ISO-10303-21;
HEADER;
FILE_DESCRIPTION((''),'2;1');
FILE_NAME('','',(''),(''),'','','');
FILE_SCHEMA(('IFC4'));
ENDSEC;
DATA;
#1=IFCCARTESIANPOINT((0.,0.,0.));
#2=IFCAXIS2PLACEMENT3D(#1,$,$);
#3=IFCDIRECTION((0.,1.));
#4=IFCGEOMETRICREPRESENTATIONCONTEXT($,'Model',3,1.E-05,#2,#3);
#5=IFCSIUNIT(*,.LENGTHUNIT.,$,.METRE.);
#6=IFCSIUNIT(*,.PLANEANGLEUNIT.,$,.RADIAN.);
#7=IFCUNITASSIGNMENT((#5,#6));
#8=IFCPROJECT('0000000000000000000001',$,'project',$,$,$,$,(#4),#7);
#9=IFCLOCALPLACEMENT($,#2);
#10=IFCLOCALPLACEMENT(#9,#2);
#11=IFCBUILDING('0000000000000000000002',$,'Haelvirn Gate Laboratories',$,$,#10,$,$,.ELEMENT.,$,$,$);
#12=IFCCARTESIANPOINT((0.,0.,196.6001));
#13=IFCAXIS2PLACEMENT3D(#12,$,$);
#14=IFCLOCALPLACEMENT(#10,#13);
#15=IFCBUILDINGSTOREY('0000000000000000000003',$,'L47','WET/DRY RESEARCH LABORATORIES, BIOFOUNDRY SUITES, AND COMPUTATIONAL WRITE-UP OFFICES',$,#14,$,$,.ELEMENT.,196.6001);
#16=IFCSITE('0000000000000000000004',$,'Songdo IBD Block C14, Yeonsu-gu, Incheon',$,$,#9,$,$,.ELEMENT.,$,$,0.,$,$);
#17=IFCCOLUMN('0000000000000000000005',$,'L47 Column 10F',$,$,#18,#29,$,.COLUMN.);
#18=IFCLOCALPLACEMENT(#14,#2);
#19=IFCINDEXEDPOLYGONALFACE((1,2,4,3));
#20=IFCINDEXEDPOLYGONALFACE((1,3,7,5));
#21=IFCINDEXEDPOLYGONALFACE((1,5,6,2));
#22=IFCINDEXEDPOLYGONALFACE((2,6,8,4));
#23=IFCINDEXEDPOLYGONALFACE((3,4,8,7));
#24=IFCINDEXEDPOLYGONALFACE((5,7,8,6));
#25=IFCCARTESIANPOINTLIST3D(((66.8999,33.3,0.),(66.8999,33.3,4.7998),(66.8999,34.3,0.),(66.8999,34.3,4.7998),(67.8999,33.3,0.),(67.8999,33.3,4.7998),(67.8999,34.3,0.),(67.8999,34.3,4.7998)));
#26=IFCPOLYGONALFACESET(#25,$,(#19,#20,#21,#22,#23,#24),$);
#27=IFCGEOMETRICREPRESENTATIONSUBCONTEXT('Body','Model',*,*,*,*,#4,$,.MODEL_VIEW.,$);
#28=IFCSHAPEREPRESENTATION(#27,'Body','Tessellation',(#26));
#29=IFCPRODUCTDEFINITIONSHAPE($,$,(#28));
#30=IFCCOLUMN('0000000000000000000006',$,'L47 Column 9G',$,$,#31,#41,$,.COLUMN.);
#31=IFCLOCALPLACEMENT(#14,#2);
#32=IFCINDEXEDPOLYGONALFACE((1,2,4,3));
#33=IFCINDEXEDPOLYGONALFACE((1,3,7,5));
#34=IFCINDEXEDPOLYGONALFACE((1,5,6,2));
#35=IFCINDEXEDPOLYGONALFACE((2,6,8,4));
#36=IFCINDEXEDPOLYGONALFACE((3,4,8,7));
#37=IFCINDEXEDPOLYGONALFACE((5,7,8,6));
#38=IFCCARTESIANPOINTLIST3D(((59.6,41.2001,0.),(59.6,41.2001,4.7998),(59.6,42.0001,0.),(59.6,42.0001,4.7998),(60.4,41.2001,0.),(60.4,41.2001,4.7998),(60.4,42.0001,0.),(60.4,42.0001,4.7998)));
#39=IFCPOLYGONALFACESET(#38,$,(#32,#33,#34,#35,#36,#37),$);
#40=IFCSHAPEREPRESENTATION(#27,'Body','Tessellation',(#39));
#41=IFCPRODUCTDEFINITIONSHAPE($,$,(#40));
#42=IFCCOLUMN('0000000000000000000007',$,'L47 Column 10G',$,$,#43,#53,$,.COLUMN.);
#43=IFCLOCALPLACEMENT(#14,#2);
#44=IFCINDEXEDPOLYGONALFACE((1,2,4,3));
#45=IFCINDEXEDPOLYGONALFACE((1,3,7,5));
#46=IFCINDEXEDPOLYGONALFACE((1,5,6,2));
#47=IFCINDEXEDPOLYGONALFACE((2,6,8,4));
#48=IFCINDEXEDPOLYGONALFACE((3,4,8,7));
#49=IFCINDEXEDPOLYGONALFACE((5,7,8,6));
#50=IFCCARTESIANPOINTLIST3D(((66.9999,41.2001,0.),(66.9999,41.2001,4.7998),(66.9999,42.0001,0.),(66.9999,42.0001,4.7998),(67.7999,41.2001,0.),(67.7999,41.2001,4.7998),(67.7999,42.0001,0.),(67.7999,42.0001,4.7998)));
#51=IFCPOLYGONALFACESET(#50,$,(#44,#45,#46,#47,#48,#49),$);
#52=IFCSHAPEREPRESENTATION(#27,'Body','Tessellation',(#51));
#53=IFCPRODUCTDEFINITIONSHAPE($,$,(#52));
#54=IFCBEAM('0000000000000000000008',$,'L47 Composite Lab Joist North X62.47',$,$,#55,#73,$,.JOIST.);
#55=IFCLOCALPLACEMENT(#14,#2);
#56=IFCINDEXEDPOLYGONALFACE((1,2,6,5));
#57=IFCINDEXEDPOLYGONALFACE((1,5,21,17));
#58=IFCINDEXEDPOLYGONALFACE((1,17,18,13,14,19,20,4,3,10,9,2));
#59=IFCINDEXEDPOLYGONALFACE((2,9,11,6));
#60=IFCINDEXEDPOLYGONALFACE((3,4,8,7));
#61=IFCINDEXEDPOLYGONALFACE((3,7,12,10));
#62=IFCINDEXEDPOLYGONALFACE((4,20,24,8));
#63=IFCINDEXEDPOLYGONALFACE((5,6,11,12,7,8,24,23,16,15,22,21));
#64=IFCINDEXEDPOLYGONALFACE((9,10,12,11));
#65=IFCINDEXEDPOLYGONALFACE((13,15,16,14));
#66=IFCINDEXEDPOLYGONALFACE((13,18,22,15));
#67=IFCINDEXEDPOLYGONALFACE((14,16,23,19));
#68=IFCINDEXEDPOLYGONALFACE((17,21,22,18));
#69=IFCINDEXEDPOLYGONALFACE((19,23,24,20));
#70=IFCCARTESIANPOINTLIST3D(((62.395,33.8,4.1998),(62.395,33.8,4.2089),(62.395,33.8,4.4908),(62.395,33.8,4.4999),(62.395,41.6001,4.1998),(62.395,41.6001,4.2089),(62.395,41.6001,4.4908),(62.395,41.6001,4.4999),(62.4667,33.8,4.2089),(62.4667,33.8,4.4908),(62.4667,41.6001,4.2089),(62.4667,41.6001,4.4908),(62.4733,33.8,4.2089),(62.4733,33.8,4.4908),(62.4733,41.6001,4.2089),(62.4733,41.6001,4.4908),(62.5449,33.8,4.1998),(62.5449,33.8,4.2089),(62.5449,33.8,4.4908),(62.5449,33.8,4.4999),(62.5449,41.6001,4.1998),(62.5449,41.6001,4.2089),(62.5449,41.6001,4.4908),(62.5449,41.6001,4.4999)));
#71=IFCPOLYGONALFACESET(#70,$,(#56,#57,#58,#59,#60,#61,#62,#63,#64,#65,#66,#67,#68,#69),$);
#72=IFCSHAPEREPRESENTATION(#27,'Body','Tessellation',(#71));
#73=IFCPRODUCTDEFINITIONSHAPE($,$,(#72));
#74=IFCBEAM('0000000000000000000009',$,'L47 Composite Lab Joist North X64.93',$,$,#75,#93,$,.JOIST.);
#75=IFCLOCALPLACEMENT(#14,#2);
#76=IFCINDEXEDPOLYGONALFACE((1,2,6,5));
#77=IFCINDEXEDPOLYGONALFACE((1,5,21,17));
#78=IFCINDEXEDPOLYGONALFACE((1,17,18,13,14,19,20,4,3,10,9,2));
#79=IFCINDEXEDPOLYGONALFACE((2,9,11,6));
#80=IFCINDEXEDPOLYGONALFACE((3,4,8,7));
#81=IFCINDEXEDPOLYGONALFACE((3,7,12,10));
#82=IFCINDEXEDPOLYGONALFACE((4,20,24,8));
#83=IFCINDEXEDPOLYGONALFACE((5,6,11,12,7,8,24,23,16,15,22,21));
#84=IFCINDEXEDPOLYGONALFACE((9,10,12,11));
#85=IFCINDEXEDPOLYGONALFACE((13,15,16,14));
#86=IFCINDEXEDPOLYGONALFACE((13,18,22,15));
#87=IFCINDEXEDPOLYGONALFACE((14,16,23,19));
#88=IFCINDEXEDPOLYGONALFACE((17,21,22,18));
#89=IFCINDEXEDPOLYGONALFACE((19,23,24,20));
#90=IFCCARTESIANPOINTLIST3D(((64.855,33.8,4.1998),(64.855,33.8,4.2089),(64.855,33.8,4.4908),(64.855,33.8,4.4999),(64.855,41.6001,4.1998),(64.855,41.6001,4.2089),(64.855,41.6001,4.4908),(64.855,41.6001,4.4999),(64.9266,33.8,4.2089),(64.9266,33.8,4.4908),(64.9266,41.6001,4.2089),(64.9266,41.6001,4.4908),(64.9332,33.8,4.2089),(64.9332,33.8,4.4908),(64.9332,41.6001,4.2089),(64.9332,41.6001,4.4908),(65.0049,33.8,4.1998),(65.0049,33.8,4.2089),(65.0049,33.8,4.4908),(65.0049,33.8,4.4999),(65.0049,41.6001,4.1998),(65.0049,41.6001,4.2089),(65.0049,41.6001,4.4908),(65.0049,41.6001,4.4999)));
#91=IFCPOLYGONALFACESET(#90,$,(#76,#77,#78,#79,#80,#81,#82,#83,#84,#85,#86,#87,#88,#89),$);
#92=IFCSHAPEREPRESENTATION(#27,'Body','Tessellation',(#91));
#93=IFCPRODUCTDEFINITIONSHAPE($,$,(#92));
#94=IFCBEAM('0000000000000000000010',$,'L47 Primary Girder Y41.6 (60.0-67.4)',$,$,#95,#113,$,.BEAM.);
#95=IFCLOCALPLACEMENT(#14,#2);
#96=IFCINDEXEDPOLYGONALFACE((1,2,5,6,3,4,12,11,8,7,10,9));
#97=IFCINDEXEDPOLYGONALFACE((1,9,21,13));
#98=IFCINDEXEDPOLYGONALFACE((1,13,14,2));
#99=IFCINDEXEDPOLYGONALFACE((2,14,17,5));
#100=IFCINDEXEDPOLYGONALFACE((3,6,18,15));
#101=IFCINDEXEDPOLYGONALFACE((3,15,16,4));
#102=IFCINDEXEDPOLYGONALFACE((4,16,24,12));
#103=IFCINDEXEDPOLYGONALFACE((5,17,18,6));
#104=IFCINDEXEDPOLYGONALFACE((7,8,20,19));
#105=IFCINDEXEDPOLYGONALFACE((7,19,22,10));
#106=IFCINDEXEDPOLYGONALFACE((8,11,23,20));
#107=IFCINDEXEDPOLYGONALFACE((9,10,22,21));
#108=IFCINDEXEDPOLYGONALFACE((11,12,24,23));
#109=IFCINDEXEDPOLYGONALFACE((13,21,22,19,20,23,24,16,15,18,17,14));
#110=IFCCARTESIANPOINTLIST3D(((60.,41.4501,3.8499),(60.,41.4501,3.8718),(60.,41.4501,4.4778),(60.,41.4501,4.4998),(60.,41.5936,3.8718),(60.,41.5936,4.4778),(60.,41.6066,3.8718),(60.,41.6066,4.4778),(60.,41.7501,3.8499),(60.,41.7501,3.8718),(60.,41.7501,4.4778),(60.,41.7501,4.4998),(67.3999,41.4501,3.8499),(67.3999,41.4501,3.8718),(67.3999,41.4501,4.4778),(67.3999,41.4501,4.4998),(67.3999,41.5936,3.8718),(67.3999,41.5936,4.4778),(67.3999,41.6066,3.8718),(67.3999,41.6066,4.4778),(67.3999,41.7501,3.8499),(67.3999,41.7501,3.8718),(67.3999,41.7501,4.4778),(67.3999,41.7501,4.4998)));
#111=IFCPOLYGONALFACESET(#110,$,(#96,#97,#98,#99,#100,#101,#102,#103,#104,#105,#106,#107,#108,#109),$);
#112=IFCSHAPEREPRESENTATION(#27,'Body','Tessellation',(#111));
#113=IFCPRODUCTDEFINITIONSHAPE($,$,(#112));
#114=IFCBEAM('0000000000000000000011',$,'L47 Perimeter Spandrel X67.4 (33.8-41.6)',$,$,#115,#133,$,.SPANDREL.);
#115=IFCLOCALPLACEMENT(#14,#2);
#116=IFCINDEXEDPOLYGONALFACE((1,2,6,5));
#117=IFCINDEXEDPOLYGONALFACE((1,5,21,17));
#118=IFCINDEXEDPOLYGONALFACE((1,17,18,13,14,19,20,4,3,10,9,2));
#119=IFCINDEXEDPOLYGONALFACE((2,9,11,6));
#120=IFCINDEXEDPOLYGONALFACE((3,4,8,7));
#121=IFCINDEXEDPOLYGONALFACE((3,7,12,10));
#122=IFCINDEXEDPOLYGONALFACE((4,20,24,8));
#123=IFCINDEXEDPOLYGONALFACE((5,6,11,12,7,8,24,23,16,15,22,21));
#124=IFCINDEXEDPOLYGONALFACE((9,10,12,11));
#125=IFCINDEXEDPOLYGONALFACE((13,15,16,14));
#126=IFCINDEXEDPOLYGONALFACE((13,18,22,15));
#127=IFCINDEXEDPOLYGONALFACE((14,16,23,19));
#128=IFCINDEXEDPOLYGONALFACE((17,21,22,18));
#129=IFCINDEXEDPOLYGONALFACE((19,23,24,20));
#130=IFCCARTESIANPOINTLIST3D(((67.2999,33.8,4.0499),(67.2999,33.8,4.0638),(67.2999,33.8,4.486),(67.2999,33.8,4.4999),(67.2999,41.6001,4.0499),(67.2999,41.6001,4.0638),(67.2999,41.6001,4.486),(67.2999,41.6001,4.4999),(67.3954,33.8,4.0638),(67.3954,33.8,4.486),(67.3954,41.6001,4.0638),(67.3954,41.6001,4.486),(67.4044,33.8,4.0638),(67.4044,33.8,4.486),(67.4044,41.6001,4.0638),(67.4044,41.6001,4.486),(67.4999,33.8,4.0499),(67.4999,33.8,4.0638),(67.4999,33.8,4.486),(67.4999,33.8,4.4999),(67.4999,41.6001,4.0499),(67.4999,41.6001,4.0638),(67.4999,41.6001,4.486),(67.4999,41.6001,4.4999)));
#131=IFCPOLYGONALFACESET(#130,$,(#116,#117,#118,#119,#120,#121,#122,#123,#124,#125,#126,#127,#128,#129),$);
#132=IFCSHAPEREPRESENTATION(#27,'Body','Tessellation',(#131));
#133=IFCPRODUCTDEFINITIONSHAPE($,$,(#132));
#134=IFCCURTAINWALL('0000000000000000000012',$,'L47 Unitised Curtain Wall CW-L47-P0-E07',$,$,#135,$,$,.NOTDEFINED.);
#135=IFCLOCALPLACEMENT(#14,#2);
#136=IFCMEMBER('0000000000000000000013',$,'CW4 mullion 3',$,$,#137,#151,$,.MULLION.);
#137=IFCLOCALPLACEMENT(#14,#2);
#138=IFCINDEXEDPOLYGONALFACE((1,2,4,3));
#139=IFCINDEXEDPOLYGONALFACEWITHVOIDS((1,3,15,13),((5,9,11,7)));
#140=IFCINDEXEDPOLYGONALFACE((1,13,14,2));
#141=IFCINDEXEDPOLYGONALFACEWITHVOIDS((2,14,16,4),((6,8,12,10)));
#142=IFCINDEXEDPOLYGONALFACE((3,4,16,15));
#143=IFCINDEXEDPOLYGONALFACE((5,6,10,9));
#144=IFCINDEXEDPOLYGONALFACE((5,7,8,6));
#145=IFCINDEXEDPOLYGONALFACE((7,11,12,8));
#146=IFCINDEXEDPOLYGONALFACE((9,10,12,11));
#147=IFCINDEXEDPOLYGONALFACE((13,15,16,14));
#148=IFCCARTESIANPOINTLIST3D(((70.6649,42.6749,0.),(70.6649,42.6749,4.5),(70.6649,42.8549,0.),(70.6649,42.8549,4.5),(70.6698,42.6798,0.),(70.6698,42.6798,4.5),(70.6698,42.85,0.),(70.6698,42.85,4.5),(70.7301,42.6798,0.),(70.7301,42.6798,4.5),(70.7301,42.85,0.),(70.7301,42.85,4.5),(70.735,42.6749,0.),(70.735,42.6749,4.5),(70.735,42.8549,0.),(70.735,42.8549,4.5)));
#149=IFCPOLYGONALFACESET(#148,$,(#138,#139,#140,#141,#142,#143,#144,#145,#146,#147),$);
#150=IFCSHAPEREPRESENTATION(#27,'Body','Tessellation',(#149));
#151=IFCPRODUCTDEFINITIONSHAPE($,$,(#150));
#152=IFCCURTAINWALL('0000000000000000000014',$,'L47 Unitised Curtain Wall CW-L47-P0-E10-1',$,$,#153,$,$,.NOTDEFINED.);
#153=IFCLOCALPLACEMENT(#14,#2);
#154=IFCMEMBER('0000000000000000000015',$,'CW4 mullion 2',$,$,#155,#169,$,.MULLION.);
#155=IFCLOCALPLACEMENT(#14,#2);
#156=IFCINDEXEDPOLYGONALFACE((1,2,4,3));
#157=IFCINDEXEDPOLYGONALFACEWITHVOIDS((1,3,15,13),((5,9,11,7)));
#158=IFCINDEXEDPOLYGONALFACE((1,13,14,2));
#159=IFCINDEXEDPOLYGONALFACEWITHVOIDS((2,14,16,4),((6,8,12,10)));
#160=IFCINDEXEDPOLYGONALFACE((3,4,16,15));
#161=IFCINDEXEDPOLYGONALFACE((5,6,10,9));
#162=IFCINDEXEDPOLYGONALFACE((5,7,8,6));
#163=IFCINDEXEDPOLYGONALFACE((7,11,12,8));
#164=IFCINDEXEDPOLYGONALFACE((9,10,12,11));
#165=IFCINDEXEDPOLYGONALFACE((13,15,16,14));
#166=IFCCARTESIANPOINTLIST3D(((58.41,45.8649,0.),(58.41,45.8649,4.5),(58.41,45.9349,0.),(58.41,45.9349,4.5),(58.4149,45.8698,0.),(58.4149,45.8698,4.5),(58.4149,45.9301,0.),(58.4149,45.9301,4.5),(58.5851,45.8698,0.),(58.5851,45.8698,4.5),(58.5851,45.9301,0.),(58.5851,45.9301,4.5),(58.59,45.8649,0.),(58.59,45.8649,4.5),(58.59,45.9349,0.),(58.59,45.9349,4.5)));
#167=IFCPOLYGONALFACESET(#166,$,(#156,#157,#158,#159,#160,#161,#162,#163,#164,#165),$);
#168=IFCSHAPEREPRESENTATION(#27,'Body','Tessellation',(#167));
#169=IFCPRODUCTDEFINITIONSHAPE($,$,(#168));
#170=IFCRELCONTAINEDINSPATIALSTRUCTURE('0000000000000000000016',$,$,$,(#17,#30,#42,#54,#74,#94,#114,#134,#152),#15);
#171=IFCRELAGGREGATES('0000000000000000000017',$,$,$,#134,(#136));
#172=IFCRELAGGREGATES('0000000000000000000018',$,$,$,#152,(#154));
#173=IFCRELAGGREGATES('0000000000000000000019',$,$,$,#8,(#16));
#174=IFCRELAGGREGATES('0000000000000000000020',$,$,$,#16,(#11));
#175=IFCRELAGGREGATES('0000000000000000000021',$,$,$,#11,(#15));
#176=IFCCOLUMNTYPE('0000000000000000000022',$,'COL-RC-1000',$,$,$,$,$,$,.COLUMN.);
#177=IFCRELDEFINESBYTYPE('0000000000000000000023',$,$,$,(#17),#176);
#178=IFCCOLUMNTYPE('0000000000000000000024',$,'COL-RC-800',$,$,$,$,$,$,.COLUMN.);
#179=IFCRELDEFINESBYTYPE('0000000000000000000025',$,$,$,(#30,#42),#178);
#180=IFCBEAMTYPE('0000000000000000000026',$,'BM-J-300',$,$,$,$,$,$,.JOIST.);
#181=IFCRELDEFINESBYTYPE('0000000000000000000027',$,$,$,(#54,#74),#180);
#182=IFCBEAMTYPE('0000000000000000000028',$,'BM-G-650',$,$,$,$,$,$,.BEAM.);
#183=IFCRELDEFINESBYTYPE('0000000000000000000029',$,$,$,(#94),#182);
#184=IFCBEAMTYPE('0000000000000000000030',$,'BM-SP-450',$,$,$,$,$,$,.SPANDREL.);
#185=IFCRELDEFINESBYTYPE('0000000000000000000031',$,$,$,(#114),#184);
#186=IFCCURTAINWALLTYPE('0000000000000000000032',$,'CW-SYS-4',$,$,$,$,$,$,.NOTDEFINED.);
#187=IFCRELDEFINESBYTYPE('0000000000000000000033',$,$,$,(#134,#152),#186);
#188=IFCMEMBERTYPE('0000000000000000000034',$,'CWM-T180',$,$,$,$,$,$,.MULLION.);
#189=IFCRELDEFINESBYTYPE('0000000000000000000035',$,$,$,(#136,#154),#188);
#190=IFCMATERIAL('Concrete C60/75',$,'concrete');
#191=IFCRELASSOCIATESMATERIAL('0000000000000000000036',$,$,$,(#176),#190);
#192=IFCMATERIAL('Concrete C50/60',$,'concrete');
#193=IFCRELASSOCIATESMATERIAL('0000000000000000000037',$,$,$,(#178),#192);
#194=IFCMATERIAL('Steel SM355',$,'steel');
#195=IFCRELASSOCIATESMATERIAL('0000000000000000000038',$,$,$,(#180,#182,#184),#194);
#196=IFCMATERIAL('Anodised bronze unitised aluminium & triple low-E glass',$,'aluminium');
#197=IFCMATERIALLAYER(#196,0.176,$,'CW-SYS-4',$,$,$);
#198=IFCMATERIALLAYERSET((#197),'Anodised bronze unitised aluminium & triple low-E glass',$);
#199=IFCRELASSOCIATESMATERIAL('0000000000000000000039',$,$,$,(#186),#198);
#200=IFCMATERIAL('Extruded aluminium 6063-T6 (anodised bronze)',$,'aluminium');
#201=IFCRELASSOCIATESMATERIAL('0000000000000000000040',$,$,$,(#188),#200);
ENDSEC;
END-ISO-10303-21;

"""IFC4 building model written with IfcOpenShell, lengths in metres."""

from ifc_helpers import new_model, si_unit, direction, frame, origin, origin_2d, place, context, subcontext, project, spatial, rectangle, hollow_rectangle, i_section, extrude, source, transform, mapped, material, layer, layer_set, material_profile, profile_set, type_object, type_shapes, element, aggregate, save


model = new_model("IFC4")

# Units and contexts
model_context = context("Model", 3, precision=1e-05, world=origin(), true_north=direction((0.0, 1.0)))
body_context = subcontext(model_context, "Body", "Model", "MODEL_VIEW")
ifc_project = project(units=[si_unit("LENGTHUNIT", "METRE"), si_unit("PLANEANGLEUNIT", "RADIAN")], contexts=[model_context])

# Site, building, storey
site_placement = place(None, origin())
site = spatial("IfcSite", under=ifc_project, at=site_placement, Name="Songdo IBD Block C14, Yeonsu-gu, Incheon", CompositionType="ELEMENT", RefElevation=0.0)
building_placement = place(site_placement, origin())
building = spatial("IfcBuilding", under=site, at=building_placement, Name="Haelvirn Gate Laboratories", CompositionType="ELEMENT")
storey_placement = place(building_placement, frame((0.0, 0.0, 196.6001)))
storey = spatial("IfcBuildingStorey", under=building, at=storey_placement, Name="L47", Description="WET/DRY RESEARCH LABORATORIES, BIOFOUNDRY SUITES, AND COMPUTATIONAL WRITE-UP OFFICES", CompositionType="ELEMENT", Elevation=196.6001)

# Columns
ifc_material_1 = material(Name="Concrete C60/75", Category="concrete")
ifc_material_profile_1 = material_profile(ifc_material_1, rectangle(XDim=1.0, YDim=1.0, at=origin_2d()), Name="RC-1000x1000")
ifc_profile_set_1 = profile_set([ifc_material_profile_1], Name="Concrete C60/75")
column_type_1 = type_object("IfcColumnType", Name="COL-RC-1000", PredefinedType="COLUMN", material=ifc_profile_set_1)
shared_shape_1 = source(origin(), body_context, "Body", "SweptSolid", [
    extrude(rectangle(XDim=1.0, YDim=1.0, at=origin_2d()), origin(), (0.0, 0.0, 1.0), 4.7998),
])
type_shapes(column_type_1, [shared_shape_1])
column_placement = place(storey_placement, frame((67.3999, 33.8, 0.0), z_axis=(0.0, 0.0, 1.0), x_axis=(1.0, 0.0, 0.0)))
element("IfcColumn", 1, at=column_placement, inside=storey, type_object=column_type_1, Name="L47 Column 10F", PredefinedType="COLUMN", context=body_context, shape_type="MappedRepresentation", body=[
    mapped(shared_shape_1, transform((0.0, 0.0, 0.0), scale=1.0)),
])
ifc_material_2 = material(Name="Concrete C50/60", Category="concrete")
ifc_material_profile_2 = material_profile(ifc_material_2, rectangle(XDim=0.8, YDim=0.8, at=origin_2d()), Name="RC-800x800")
ifc_profile_set_2 = profile_set([ifc_material_profile_2], Name="Concrete C50/60")
column_type_2 = type_object("IfcColumnType", Name="COL-RC-800", PredefinedType="COLUMN", material=ifc_profile_set_2)
shared_shape_2 = source(origin(), body_context, "Body", "SweptSolid", [
    extrude(rectangle(XDim=0.8, YDim=0.8, at=origin_2d()), origin(), (0.0, 0.0, 1.0), 4.7998),
])
type_shapes(column_type_2, [shared_shape_2])
for number, where, z_axis, x_axis, name in (
    (2, (60.0, 41.6001, 0.0), (0.0, 0.0, 1.0), (1.0, 0.0, 0.0), "L47 Column 9G"),
    (3, (67.3999, 41.6001, 0.0), (0.0, 0.0, 1.0), (1.0, 0.0, 0.0), "L47 Column 10G"),
):
    element("IfcColumn", number, at=place(storey_placement, frame(where, z_axis=z_axis, x_axis=x_axis)), inside=storey, type_object=column_type_2, Name=name, PredefinedType="COLUMN", context=body_context, shape_type="MappedRepresentation", body=[
        mapped(shared_shape_2, transform((0.0, 0.0, 0.0), scale=1.0)),
    ])

# Beams
ifc_material_3 = material(Name="Steel SM355", Category="steel")
ifc_material_profile_3 = material_profile(ifc_material_3, i_section(OverallWidth=0.1499, OverallDepth=0.3, WebThickness=0.0066, FlangeThickness=0.009, at=origin_2d()), Name="H-300x150x6.5x9")
ifc_profile_set_3 = profile_set([ifc_material_profile_3], Name="Steel SM355")
beam_type_1 = type_object("IfcBeamType", Name="BM-J-300", PredefinedType="JOIST", material=ifc_profile_set_3)
shared_shape_3 = source(origin(), body_context, "Body", "SweptSolid", [
    extrude(i_section(OverallWidth=0.1499, OverallDepth=0.3, WebThickness=0.0066, FlangeThickness=0.009, at=origin_2d()), origin(), (0.0, 0.0, 1.0), 7.8),
])
type_shapes(beam_type_1, [shared_shape_3])
for number, where, z_axis, x_axis, name in (
    (4, (62.47, 33.8, 4.3499), (0.0, 1.0, 0.0), (-1.0, 0.0, 0.0), "L47 Composite Lab Joist North X62.47"),
    (5, (64.9299, 33.8, 4.3499), (0.0, 1.0, 0.0), (-1.0, 0.0, 0.0), "L47 Composite Lab Joist North X64.93"),
):
    element("IfcBeam", number, at=place(storey_placement, frame(where, z_axis=z_axis, x_axis=x_axis)), inside=storey, type_object=beam_type_1, Name=name, PredefinedType="JOIST", context=body_context, shape_type="MappedRepresentation", body=[
        mapped(shared_shape_3, transform((0.0, 0.0, 0.0), scale=1.0)),
    ])
ifc_material_profile_4 = material_profile(ifc_material_3, i_section(OverallWidth=0.3, OverallDepth=0.6499, WebThickness=0.0129, FlangeThickness=0.022, at=origin_2d()), Name="H-650x300x13x22")
ifc_profile_set_4 = profile_set([ifc_material_profile_4], Name="Steel SM355")
beam_type_2 = type_object("IfcBeamType", Name="BM-G-650", PredefinedType="BEAM", material=ifc_profile_set_4)
shared_shape_4 = source(origin(), body_context, "Body", "SweptSolid", [
    extrude(i_section(OverallWidth=0.3, OverallDepth=0.6499, WebThickness=0.0129, FlangeThickness=0.022, at=origin_2d()), origin(), (0.0, 0.0, 1.0), 7.3999),
])
type_shapes(beam_type_2, [shared_shape_4])
beam_1_placement = place(storey_placement, frame((60.0, 41.6001, 4.1748), z_axis=(1.0, 0.0, 0.0), x_axis=(0.0, 1.0, 0.0)))
element("IfcBeam", 6, at=beam_1_placement, inside=storey, type_object=beam_type_2, Name="L47 Primary Girder Y41.6 (60.0-67.4)", PredefinedType="BEAM", context=body_context, shape_type="MappedRepresentation", body=[
    mapped(shared_shape_4, transform((0.0, 0.0, 0.0), scale=1.0)),
])
ifc_material_profile_5 = material_profile(ifc_material_3, i_section(OverallWidth=0.2, OverallDepth=0.45, WebThickness=0.009, FlangeThickness=0.0139, at=origin_2d()), Name="H-450x200x9x14")
ifc_profile_set_5 = profile_set([ifc_material_profile_5], Name="Steel SM355")
beam_type_3 = type_object("IfcBeamType", Name="BM-SP-450", PredefinedType="SPANDREL", material=ifc_profile_set_5)
shared_shape_5 = source(origin(), body_context, "Body", "SweptSolid", [
    extrude(i_section(OverallWidth=0.2, OverallDepth=0.45, WebThickness=0.009, FlangeThickness=0.0139, at=origin_2d()), origin(), (0.0, 0.0, 1.0), 7.8),
])
type_shapes(beam_type_3, [shared_shape_5])
beam_2_placement = place(storey_placement, frame((67.3999, 33.8, 4.2749), z_axis=(0.0, 1.0, 0.0), x_axis=(-1.0, 0.0, 0.0)))
element("IfcBeam", 7, at=beam_2_placement, inside=storey, type_object=beam_type_3, Name="L47 Perimeter Spandrel X67.4 (33.8-41.6)", PredefinedType="SPANDREL", context=body_context, shape_type="MappedRepresentation", body=[
    mapped(shared_shape_5, transform((0.0, 0.0, 0.0), scale=1.0)),
])

# Curtain wall, member
ifc_material_4 = material(Name="Anodised bronze unitised aluminium & triple low-E glass", Category="aluminium")
ifc_layer_1 = layer(ifc_material_4, 0.176, Name="CW-SYS-4")
ifc_layer_set_1 = layer_set([ifc_layer_1], Name="Anodised bronze unitised aluminium & triple low-E glass")
curtain_wall_type_1 = type_object("IfcCurtainWallType", Name="CW-SYS-4", PredefinedType="NOTDEFINED", material=ifc_layer_set_1)
curtain_wall_1_placement = place(storey_placement, origin())
curtain_wall_1 = element("IfcCurtainWall", 8, at=curtain_wall_1_placement, inside=storey, type_object=curtain_wall_type_1, Name="L47 Unitised Curtain Wall CW-L47-P0-E07", PredefinedType="NOTDEFINED")
ifc_material_5 = material(Name="Extruded aluminium 6063-T6 (anodised bronze)", Category="aluminium")
ifc_material_profile_6 = material_profile(ifc_material_5, hollow_rectangle(XDim=0.0701, YDim=0.1799, WallThickness=0.0049, at=origin_2d()), Name="CWM-180x70x5")
ifc_profile_set_6 = profile_set([ifc_material_profile_6], Name="Extruded aluminium 6063-T6 (anodised bronze)")
member_type_1 = type_object("IfcMemberType", Name="CWM-T180", PredefinedType="MULLION", material=ifc_profile_set_6)
shared_shape_6 = source(origin(), body_context, "Body", "SweptSolid", [
    extrude(hollow_rectangle(XDim=0.0701, YDim=0.1799, WallThickness=0.0049, at=origin_2d()), origin(), (0.0, 0.0, 1.0), 4.5),
])
type_shapes(member_type_1, [shared_shape_6])
member_1_placement = place(storey_placement, frame((70.7, 42.7649, 0.0), z_axis=(0.0, 0.0, 1.0), x_axis=(-1.0, 0.0, 0.0)))
member_1 = element("IfcMember", 9, at=member_1_placement, type_object=member_type_1, Name="CW4 mullion 3", PredefinedType="MULLION", context=body_context, shape_type="MappedRepresentation", body=[
    mapped(shared_shape_6, transform((0.0, 0.0, 0.0), scale=1.0)),
])
aggregate(curtain_wall_1, [member_1])

# Curtain wall, member
curtain_wall_2_placement = place(storey_placement, origin())
curtain_wall_2 = element("IfcCurtainWall", 10, at=curtain_wall_2_placement, inside=storey, type_object=curtain_wall_type_1, Name="L47 Unitised Curtain Wall CW-L47-P0-E10-1", PredefinedType="NOTDEFINED")
member_2_placement = place(storey_placement, frame((58.5, 45.8999, 0.0), z_axis=(0.0, 0.0, 1.0), x_axis=(0.0, 1.0, 0.0)))
member_2 = element("IfcMember", 11, at=member_2_placement, type_object=member_type_1, Name="CW4 mullion 2", PredefinedType="MULLION", context=body_context, shape_type="MappedRepresentation", body=[
    mapped(shared_shape_6, transform((0.0, 0.0, 0.0), scale=1.0)),
])

aggregate(curtain_wall_2, [member_2])

save(model, "model.ifc")
